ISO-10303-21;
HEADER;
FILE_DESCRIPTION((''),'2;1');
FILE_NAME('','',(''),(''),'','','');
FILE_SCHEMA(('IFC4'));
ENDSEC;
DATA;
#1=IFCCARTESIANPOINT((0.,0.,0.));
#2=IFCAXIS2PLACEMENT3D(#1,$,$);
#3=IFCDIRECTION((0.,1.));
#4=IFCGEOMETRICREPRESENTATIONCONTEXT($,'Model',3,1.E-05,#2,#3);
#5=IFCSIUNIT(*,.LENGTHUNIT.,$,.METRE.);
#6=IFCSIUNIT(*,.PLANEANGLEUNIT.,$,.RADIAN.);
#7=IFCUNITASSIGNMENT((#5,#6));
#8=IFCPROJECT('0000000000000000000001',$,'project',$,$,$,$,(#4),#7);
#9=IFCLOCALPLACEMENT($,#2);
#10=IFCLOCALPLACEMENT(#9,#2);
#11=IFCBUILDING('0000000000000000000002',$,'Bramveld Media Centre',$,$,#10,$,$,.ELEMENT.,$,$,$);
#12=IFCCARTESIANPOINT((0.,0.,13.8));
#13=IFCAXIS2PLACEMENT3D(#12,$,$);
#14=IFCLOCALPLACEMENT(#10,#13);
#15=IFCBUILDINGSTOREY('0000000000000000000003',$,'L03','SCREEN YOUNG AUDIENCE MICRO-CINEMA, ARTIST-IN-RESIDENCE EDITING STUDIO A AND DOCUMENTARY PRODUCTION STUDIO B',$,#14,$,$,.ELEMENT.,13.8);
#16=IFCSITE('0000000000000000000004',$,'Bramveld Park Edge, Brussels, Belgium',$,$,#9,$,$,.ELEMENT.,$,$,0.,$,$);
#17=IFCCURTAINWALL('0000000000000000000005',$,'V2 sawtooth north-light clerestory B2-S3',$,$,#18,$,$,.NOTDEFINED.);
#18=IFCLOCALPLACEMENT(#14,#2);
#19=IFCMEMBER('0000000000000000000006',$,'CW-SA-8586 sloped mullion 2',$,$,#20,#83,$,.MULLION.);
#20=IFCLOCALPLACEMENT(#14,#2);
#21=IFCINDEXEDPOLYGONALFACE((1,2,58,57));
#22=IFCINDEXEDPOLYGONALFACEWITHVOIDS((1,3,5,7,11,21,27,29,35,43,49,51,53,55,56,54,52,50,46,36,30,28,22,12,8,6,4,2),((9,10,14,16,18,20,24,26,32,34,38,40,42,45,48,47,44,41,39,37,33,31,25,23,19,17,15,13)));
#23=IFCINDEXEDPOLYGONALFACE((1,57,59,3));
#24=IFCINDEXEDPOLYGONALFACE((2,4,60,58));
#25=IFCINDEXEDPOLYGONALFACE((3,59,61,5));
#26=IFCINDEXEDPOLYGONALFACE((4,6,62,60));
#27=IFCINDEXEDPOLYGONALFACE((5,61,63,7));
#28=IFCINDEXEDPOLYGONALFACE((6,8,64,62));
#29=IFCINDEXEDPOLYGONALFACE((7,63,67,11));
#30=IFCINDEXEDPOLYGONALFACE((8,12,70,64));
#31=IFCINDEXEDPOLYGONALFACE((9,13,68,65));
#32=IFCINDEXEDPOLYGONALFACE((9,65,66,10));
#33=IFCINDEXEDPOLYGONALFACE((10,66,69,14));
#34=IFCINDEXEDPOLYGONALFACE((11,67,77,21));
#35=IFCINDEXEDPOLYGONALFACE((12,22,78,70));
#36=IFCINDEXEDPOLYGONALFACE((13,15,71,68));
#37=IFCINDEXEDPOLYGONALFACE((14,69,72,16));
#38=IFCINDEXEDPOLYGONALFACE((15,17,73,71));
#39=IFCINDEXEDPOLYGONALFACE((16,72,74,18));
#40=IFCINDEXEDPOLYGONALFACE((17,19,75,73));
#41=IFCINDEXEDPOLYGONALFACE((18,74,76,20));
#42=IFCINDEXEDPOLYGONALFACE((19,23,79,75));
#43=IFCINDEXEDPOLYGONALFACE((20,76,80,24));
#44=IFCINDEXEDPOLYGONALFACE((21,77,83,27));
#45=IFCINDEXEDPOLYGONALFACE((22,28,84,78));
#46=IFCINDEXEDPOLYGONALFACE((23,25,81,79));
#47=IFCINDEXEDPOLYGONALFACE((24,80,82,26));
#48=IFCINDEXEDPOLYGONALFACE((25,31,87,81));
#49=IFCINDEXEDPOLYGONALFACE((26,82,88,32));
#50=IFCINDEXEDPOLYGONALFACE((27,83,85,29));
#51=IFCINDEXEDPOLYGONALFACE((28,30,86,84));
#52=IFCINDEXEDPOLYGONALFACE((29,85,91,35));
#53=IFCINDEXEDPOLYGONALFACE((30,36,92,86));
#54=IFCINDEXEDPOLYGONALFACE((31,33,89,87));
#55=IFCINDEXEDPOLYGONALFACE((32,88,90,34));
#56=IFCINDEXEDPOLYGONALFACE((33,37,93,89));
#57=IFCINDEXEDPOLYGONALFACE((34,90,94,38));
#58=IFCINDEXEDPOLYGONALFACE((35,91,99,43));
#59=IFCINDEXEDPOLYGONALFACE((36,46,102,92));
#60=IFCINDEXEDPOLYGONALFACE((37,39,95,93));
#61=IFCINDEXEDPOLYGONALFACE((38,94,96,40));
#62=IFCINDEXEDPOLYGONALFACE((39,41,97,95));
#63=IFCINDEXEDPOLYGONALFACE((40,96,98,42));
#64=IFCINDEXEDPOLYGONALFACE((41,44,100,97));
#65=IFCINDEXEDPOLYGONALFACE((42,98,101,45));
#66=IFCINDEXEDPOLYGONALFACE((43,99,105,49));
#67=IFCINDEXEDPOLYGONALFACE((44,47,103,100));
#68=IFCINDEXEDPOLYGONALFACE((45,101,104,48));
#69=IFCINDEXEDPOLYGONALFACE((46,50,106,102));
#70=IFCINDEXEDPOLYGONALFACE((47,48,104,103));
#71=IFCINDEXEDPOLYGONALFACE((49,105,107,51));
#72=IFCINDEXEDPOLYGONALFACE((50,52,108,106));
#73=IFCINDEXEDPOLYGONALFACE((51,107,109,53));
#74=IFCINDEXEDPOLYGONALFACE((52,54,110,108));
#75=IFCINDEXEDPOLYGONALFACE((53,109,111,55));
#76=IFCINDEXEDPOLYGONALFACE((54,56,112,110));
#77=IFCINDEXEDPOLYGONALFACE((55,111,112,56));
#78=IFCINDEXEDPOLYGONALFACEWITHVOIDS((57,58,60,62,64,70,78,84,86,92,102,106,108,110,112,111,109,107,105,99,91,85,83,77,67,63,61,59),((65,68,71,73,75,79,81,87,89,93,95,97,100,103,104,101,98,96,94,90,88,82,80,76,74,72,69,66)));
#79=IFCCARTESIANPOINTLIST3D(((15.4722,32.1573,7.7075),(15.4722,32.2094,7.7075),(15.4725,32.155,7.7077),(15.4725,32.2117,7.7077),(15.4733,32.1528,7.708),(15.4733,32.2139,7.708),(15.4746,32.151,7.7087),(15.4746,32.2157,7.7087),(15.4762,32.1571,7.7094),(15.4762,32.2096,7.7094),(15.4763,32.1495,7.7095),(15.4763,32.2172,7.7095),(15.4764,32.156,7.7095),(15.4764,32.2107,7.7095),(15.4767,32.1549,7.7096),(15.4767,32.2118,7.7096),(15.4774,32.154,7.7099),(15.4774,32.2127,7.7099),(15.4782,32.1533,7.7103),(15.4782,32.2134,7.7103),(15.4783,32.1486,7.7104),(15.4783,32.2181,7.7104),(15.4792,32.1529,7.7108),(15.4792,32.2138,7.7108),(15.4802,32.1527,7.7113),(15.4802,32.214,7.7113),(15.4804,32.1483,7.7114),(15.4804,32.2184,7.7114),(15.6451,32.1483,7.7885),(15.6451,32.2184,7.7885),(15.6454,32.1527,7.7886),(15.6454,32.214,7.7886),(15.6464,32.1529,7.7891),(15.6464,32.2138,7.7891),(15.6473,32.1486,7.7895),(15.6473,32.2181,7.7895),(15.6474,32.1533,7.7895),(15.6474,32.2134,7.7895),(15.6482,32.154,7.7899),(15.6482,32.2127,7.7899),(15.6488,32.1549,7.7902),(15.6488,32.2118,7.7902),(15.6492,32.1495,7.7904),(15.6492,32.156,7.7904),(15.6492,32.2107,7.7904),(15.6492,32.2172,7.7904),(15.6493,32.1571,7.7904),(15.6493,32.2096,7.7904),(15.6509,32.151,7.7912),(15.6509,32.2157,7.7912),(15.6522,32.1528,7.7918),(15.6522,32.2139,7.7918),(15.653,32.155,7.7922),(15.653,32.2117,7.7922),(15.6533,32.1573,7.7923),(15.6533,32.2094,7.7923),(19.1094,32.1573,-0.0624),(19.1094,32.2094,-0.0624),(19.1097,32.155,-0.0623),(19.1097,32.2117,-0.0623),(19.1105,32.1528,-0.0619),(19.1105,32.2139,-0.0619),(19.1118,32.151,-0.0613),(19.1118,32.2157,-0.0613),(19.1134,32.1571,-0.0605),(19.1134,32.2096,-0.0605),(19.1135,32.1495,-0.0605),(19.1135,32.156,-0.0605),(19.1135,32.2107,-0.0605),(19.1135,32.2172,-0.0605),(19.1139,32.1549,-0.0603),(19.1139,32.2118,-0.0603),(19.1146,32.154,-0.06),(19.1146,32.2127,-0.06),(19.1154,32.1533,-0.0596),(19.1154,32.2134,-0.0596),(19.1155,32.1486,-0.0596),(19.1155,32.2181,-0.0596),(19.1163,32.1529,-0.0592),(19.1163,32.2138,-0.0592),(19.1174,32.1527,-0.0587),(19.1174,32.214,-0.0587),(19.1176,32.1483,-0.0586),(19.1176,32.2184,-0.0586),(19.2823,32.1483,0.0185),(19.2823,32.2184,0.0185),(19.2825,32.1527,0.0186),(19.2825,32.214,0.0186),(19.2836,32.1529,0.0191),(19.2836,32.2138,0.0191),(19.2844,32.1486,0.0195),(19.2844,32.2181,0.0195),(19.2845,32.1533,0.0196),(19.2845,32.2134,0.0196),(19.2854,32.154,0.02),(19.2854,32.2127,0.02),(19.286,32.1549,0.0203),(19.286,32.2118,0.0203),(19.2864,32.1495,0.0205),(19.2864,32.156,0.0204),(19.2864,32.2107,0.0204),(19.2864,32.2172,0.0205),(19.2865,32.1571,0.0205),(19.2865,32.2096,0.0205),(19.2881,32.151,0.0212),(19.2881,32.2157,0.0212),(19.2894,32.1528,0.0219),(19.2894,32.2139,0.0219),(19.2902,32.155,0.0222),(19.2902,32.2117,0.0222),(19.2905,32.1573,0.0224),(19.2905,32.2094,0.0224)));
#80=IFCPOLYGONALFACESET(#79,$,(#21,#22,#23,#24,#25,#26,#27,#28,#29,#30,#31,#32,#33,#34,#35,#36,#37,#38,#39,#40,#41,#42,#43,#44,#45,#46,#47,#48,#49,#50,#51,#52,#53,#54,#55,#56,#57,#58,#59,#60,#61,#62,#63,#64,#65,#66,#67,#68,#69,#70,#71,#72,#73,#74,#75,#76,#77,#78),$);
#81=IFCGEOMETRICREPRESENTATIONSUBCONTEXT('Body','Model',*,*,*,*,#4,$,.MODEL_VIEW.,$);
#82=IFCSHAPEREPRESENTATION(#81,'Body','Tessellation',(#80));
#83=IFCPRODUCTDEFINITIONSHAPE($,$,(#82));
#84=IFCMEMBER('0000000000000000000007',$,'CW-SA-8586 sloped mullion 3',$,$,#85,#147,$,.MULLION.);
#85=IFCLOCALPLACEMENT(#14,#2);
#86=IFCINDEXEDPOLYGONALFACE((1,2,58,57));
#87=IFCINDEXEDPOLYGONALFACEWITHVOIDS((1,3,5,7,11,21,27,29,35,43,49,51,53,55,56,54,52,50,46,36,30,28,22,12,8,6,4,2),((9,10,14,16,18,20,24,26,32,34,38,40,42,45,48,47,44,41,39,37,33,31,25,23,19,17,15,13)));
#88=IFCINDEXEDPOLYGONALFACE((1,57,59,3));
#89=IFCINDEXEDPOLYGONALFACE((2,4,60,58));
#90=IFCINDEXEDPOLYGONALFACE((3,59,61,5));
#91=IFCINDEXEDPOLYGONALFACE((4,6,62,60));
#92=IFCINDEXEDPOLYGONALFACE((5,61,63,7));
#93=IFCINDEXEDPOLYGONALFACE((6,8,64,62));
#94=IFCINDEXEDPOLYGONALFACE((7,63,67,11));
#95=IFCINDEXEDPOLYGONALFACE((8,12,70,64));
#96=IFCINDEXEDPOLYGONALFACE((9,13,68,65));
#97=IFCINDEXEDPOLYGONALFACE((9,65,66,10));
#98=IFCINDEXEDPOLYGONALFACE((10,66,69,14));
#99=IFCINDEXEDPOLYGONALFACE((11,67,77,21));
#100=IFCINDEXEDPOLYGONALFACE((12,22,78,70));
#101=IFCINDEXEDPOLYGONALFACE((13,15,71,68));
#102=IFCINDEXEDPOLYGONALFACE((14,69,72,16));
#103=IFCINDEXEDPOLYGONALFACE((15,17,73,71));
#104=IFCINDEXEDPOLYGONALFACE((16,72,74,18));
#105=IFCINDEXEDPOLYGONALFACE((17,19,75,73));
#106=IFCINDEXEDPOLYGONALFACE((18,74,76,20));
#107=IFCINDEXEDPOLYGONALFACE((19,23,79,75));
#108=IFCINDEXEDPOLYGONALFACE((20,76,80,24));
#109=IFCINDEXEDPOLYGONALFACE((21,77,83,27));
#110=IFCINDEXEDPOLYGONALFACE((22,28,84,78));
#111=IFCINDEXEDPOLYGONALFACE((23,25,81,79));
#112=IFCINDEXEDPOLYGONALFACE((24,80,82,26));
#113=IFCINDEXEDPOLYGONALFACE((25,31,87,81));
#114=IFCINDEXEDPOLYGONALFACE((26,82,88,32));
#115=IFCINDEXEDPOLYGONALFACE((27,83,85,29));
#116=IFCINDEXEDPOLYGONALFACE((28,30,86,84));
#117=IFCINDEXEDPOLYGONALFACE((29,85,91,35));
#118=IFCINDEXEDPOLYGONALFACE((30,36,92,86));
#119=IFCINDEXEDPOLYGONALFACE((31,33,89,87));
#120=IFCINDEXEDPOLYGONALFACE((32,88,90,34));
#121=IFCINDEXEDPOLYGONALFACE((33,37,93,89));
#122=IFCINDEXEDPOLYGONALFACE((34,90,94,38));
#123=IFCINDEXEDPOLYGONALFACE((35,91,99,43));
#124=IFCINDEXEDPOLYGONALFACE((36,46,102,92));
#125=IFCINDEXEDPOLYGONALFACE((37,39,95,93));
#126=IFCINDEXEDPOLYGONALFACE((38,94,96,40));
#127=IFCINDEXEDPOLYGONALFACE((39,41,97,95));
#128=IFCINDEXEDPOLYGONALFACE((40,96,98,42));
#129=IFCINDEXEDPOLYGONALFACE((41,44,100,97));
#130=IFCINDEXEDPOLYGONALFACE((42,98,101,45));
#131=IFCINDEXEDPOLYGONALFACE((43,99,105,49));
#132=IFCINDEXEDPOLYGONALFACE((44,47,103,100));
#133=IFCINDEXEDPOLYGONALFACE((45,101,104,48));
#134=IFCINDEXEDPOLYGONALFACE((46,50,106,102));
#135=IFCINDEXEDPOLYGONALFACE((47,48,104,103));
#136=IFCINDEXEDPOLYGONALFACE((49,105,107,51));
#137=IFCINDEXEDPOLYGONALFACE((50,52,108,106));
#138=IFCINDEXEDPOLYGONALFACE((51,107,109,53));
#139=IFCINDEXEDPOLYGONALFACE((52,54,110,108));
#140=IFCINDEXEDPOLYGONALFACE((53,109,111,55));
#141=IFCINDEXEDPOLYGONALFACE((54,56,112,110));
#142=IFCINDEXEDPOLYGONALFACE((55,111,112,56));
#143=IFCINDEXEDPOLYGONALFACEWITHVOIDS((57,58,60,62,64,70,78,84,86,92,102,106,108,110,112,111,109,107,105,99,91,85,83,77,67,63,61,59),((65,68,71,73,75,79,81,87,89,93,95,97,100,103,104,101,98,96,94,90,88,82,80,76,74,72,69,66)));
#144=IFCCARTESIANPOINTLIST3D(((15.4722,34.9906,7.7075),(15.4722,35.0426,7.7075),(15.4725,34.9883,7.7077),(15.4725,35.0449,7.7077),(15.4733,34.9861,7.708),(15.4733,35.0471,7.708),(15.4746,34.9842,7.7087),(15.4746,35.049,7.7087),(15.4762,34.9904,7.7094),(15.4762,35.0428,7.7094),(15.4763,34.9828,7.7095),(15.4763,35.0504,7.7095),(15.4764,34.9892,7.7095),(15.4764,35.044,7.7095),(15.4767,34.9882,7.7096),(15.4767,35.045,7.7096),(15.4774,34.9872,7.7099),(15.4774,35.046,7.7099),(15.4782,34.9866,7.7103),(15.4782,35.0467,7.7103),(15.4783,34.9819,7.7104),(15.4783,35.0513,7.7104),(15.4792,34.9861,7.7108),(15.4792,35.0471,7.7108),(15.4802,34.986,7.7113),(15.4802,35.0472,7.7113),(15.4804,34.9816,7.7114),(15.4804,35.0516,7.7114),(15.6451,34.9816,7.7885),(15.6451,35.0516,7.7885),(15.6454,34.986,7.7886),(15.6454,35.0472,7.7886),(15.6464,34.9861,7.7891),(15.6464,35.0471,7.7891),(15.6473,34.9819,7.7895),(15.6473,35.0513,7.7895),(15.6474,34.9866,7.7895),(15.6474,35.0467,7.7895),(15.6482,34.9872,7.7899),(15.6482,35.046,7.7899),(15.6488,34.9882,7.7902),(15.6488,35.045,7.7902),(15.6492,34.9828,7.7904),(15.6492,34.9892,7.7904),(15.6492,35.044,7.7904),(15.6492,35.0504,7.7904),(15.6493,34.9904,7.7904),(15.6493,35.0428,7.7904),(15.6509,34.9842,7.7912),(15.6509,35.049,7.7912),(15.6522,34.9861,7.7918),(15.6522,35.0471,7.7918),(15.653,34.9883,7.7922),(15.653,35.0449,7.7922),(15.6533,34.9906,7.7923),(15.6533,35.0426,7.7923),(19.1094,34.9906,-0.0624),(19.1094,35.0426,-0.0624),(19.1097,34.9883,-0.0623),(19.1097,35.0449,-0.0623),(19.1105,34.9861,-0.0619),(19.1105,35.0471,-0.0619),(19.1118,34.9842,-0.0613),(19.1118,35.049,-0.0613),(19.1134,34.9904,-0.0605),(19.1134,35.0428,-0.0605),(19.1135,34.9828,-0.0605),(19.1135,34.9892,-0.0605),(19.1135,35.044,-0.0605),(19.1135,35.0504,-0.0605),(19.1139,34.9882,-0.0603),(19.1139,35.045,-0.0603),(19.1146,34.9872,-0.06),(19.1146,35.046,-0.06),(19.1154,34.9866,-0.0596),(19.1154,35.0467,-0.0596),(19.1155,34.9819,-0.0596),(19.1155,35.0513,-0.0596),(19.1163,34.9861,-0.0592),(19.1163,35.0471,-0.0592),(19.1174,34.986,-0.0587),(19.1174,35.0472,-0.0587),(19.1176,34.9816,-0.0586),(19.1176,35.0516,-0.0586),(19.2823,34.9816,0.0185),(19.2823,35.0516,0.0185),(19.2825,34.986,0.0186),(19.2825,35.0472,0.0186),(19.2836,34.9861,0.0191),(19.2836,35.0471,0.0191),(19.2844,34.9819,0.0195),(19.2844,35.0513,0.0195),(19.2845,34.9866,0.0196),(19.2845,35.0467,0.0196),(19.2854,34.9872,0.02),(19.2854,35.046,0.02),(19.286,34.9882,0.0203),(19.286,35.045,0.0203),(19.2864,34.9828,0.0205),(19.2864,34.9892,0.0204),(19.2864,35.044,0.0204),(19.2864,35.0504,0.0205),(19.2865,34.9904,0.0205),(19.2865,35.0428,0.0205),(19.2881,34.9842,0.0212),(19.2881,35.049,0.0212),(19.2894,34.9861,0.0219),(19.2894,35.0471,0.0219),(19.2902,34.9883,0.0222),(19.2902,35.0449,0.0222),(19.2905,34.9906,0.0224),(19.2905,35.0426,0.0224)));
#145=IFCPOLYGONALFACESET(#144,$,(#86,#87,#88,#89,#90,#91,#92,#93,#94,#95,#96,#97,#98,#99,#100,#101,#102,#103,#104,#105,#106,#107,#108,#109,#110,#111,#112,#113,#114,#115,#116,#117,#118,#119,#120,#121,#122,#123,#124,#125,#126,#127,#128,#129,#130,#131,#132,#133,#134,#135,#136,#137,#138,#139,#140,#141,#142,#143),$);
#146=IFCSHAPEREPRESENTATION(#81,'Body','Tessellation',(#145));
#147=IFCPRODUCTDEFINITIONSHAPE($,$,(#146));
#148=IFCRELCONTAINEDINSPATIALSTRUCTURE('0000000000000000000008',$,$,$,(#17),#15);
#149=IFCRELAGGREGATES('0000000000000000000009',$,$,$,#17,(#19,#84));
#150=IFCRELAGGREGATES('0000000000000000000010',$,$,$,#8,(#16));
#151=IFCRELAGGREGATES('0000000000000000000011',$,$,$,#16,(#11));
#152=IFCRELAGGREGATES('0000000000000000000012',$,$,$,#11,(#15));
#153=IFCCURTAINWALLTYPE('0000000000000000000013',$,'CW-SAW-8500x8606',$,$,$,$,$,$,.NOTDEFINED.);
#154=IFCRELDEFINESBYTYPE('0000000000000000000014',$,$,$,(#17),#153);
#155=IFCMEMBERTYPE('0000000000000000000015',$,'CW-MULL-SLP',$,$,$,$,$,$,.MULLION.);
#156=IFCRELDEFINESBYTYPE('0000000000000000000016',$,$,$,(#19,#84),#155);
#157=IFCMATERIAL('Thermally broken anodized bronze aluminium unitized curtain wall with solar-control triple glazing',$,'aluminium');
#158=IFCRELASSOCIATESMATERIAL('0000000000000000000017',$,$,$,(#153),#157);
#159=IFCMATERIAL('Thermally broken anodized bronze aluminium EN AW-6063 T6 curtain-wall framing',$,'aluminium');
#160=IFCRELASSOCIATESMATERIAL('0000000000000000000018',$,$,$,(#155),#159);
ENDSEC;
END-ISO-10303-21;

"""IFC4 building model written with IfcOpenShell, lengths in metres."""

from ifc_helpers import new_model, si_unit, direction, frame, origin, origin_2d, place, context, subcontext, project, spatial, hollow_rectangle, extrude, material, material_profile, profile_set, type_object, element, aggregate, save


model = new_model("IFC4")

# Units and contexts
model_context = context("Model", 3, precision=1e-05, world=origin(), true_north=direction((0.0, 1.0)))
body_context = subcontext(model_context, "Body", "Model", "MODEL_VIEW")
ifc_project = project(units=[si_unit("LENGTHUNIT", "METRE"), si_unit("PLANEANGLEUNIT", "RADIAN")], contexts=[model_context])

# Site, building, storey
site_placement = place(None, origin())
site = spatial("IfcSite", under=ifc_project, at=site_placement, Name="Bramveld Park Edge, Brussels, Belgium", CompositionType="ELEMENT", RefElevation=0.0)
building_placement = place(site_placement, origin())
building = spatial("IfcBuilding", under=site, at=building_placement, Name="Bramveld Media Centre", CompositionType="ELEMENT")
storey_placement = place(building_placement, frame((0.0, 0.0, 13.8)))
storey = spatial("IfcBuildingStorey", under=building, at=storey_placement, Name="L03", Description="SCREEN YOUNG AUDIENCE MICRO-CINEMA, ARTIST-IN-RESIDENCE EDITING STUDIO A AND DOCUMENTARY PRODUCTION STUDIO B", CompositionType="ELEMENT", Elevation=13.8)

# Curtain wall, members
ifc_material_1 = material(Name="Thermally broken anodized bronze aluminium unitized curtain wall with solar-control triple glazing", Category="aluminium")
curtain_wall_type = type_object("IfcCurtainWallType", Name="CW-SAW-8500x8606", PredefinedType="NOTDEFINED", material=ifc_material_1)
curtain_wall_placement = place(storey_placement, origin())
curtain_wall = element("IfcCurtainWall", 1, at=curtain_wall_placement, inside=storey, type_object=curtain_wall_type, Name="V2 sawtooth north-light clerestory B2-S3", PredefinedType="NOTDEFINED")
ifc_material_2 = material(Name="Thermally broken anodized bronze aluminium EN AW-6063 T6 curtain-wall framing", Category="aluminium")
ifc_material_profile_1 = material_profile(ifc_material_2, hollow_rectangle(XDim=0.0701, YDim=0.2, WallThickness=0.0044, InnerFilletRadius=0.0044, OuterFilletRadius=0.009, at=origin_2d()), Name="AL-MULL 70x200")
ifc_profile_set_1 = profile_set([ifc_material_profile_1], Name="Thermally broken anodized bronze aluminium EN AW-6063 T6 curtain-wall framing")
member_type_1 = type_object("IfcMemberType", Name="CW-MULL-SLP", PredefinedType="MULLION", material=ifc_profile_set_1)
member_1_placement = place(storey_placement, frame((19.2, 32.1833, -0.02), z_axis=(-0.423957, 0.0, 0.905682), x_axis=(0.0, -1.0, 0.0)))
member_1 = element("IfcMember", 2, at=member_1_placement, type_object=member_type_1, Name="CW-SA-8586 sloped mullion 2", PredefinedType="MULLION", context=body_context, shape_type="SweptSolid", body=[
    extrude(hollow_rectangle(XDim=0.0701, YDim=0.2, WallThickness=0.0044, InnerFilletRadius=0.0044, OuterFilletRadius=0.009, at=origin_2d()), origin(), (0.0, 0.0, 1.0), 8.5791),
])
member_2_placement = place(storey_placement, frame((19.2, 35.0166, -0.02), z_axis=(-0.423957, 0.0, 0.905682), x_axis=(0.0, -1.0, 0.0)))
member_2 = element("IfcMember", 3, at=member_2_placement, type_object=member_type_1, Name="CW-SA-8586 sloped mullion 3", PredefinedType="MULLION", context=body_context, shape_type="SweptSolid", body=[
    extrude(hollow_rectangle(XDim=0.0701, YDim=0.2, WallThickness=0.0044, InnerFilletRadius=0.0044, OuterFilletRadius=0.009, at=origin_2d()), origin(), (0.0, 0.0, 1.0), 8.5791),
])

aggregate(curtain_wall, [member_1, member_2])

save(model, "model.ifc")
